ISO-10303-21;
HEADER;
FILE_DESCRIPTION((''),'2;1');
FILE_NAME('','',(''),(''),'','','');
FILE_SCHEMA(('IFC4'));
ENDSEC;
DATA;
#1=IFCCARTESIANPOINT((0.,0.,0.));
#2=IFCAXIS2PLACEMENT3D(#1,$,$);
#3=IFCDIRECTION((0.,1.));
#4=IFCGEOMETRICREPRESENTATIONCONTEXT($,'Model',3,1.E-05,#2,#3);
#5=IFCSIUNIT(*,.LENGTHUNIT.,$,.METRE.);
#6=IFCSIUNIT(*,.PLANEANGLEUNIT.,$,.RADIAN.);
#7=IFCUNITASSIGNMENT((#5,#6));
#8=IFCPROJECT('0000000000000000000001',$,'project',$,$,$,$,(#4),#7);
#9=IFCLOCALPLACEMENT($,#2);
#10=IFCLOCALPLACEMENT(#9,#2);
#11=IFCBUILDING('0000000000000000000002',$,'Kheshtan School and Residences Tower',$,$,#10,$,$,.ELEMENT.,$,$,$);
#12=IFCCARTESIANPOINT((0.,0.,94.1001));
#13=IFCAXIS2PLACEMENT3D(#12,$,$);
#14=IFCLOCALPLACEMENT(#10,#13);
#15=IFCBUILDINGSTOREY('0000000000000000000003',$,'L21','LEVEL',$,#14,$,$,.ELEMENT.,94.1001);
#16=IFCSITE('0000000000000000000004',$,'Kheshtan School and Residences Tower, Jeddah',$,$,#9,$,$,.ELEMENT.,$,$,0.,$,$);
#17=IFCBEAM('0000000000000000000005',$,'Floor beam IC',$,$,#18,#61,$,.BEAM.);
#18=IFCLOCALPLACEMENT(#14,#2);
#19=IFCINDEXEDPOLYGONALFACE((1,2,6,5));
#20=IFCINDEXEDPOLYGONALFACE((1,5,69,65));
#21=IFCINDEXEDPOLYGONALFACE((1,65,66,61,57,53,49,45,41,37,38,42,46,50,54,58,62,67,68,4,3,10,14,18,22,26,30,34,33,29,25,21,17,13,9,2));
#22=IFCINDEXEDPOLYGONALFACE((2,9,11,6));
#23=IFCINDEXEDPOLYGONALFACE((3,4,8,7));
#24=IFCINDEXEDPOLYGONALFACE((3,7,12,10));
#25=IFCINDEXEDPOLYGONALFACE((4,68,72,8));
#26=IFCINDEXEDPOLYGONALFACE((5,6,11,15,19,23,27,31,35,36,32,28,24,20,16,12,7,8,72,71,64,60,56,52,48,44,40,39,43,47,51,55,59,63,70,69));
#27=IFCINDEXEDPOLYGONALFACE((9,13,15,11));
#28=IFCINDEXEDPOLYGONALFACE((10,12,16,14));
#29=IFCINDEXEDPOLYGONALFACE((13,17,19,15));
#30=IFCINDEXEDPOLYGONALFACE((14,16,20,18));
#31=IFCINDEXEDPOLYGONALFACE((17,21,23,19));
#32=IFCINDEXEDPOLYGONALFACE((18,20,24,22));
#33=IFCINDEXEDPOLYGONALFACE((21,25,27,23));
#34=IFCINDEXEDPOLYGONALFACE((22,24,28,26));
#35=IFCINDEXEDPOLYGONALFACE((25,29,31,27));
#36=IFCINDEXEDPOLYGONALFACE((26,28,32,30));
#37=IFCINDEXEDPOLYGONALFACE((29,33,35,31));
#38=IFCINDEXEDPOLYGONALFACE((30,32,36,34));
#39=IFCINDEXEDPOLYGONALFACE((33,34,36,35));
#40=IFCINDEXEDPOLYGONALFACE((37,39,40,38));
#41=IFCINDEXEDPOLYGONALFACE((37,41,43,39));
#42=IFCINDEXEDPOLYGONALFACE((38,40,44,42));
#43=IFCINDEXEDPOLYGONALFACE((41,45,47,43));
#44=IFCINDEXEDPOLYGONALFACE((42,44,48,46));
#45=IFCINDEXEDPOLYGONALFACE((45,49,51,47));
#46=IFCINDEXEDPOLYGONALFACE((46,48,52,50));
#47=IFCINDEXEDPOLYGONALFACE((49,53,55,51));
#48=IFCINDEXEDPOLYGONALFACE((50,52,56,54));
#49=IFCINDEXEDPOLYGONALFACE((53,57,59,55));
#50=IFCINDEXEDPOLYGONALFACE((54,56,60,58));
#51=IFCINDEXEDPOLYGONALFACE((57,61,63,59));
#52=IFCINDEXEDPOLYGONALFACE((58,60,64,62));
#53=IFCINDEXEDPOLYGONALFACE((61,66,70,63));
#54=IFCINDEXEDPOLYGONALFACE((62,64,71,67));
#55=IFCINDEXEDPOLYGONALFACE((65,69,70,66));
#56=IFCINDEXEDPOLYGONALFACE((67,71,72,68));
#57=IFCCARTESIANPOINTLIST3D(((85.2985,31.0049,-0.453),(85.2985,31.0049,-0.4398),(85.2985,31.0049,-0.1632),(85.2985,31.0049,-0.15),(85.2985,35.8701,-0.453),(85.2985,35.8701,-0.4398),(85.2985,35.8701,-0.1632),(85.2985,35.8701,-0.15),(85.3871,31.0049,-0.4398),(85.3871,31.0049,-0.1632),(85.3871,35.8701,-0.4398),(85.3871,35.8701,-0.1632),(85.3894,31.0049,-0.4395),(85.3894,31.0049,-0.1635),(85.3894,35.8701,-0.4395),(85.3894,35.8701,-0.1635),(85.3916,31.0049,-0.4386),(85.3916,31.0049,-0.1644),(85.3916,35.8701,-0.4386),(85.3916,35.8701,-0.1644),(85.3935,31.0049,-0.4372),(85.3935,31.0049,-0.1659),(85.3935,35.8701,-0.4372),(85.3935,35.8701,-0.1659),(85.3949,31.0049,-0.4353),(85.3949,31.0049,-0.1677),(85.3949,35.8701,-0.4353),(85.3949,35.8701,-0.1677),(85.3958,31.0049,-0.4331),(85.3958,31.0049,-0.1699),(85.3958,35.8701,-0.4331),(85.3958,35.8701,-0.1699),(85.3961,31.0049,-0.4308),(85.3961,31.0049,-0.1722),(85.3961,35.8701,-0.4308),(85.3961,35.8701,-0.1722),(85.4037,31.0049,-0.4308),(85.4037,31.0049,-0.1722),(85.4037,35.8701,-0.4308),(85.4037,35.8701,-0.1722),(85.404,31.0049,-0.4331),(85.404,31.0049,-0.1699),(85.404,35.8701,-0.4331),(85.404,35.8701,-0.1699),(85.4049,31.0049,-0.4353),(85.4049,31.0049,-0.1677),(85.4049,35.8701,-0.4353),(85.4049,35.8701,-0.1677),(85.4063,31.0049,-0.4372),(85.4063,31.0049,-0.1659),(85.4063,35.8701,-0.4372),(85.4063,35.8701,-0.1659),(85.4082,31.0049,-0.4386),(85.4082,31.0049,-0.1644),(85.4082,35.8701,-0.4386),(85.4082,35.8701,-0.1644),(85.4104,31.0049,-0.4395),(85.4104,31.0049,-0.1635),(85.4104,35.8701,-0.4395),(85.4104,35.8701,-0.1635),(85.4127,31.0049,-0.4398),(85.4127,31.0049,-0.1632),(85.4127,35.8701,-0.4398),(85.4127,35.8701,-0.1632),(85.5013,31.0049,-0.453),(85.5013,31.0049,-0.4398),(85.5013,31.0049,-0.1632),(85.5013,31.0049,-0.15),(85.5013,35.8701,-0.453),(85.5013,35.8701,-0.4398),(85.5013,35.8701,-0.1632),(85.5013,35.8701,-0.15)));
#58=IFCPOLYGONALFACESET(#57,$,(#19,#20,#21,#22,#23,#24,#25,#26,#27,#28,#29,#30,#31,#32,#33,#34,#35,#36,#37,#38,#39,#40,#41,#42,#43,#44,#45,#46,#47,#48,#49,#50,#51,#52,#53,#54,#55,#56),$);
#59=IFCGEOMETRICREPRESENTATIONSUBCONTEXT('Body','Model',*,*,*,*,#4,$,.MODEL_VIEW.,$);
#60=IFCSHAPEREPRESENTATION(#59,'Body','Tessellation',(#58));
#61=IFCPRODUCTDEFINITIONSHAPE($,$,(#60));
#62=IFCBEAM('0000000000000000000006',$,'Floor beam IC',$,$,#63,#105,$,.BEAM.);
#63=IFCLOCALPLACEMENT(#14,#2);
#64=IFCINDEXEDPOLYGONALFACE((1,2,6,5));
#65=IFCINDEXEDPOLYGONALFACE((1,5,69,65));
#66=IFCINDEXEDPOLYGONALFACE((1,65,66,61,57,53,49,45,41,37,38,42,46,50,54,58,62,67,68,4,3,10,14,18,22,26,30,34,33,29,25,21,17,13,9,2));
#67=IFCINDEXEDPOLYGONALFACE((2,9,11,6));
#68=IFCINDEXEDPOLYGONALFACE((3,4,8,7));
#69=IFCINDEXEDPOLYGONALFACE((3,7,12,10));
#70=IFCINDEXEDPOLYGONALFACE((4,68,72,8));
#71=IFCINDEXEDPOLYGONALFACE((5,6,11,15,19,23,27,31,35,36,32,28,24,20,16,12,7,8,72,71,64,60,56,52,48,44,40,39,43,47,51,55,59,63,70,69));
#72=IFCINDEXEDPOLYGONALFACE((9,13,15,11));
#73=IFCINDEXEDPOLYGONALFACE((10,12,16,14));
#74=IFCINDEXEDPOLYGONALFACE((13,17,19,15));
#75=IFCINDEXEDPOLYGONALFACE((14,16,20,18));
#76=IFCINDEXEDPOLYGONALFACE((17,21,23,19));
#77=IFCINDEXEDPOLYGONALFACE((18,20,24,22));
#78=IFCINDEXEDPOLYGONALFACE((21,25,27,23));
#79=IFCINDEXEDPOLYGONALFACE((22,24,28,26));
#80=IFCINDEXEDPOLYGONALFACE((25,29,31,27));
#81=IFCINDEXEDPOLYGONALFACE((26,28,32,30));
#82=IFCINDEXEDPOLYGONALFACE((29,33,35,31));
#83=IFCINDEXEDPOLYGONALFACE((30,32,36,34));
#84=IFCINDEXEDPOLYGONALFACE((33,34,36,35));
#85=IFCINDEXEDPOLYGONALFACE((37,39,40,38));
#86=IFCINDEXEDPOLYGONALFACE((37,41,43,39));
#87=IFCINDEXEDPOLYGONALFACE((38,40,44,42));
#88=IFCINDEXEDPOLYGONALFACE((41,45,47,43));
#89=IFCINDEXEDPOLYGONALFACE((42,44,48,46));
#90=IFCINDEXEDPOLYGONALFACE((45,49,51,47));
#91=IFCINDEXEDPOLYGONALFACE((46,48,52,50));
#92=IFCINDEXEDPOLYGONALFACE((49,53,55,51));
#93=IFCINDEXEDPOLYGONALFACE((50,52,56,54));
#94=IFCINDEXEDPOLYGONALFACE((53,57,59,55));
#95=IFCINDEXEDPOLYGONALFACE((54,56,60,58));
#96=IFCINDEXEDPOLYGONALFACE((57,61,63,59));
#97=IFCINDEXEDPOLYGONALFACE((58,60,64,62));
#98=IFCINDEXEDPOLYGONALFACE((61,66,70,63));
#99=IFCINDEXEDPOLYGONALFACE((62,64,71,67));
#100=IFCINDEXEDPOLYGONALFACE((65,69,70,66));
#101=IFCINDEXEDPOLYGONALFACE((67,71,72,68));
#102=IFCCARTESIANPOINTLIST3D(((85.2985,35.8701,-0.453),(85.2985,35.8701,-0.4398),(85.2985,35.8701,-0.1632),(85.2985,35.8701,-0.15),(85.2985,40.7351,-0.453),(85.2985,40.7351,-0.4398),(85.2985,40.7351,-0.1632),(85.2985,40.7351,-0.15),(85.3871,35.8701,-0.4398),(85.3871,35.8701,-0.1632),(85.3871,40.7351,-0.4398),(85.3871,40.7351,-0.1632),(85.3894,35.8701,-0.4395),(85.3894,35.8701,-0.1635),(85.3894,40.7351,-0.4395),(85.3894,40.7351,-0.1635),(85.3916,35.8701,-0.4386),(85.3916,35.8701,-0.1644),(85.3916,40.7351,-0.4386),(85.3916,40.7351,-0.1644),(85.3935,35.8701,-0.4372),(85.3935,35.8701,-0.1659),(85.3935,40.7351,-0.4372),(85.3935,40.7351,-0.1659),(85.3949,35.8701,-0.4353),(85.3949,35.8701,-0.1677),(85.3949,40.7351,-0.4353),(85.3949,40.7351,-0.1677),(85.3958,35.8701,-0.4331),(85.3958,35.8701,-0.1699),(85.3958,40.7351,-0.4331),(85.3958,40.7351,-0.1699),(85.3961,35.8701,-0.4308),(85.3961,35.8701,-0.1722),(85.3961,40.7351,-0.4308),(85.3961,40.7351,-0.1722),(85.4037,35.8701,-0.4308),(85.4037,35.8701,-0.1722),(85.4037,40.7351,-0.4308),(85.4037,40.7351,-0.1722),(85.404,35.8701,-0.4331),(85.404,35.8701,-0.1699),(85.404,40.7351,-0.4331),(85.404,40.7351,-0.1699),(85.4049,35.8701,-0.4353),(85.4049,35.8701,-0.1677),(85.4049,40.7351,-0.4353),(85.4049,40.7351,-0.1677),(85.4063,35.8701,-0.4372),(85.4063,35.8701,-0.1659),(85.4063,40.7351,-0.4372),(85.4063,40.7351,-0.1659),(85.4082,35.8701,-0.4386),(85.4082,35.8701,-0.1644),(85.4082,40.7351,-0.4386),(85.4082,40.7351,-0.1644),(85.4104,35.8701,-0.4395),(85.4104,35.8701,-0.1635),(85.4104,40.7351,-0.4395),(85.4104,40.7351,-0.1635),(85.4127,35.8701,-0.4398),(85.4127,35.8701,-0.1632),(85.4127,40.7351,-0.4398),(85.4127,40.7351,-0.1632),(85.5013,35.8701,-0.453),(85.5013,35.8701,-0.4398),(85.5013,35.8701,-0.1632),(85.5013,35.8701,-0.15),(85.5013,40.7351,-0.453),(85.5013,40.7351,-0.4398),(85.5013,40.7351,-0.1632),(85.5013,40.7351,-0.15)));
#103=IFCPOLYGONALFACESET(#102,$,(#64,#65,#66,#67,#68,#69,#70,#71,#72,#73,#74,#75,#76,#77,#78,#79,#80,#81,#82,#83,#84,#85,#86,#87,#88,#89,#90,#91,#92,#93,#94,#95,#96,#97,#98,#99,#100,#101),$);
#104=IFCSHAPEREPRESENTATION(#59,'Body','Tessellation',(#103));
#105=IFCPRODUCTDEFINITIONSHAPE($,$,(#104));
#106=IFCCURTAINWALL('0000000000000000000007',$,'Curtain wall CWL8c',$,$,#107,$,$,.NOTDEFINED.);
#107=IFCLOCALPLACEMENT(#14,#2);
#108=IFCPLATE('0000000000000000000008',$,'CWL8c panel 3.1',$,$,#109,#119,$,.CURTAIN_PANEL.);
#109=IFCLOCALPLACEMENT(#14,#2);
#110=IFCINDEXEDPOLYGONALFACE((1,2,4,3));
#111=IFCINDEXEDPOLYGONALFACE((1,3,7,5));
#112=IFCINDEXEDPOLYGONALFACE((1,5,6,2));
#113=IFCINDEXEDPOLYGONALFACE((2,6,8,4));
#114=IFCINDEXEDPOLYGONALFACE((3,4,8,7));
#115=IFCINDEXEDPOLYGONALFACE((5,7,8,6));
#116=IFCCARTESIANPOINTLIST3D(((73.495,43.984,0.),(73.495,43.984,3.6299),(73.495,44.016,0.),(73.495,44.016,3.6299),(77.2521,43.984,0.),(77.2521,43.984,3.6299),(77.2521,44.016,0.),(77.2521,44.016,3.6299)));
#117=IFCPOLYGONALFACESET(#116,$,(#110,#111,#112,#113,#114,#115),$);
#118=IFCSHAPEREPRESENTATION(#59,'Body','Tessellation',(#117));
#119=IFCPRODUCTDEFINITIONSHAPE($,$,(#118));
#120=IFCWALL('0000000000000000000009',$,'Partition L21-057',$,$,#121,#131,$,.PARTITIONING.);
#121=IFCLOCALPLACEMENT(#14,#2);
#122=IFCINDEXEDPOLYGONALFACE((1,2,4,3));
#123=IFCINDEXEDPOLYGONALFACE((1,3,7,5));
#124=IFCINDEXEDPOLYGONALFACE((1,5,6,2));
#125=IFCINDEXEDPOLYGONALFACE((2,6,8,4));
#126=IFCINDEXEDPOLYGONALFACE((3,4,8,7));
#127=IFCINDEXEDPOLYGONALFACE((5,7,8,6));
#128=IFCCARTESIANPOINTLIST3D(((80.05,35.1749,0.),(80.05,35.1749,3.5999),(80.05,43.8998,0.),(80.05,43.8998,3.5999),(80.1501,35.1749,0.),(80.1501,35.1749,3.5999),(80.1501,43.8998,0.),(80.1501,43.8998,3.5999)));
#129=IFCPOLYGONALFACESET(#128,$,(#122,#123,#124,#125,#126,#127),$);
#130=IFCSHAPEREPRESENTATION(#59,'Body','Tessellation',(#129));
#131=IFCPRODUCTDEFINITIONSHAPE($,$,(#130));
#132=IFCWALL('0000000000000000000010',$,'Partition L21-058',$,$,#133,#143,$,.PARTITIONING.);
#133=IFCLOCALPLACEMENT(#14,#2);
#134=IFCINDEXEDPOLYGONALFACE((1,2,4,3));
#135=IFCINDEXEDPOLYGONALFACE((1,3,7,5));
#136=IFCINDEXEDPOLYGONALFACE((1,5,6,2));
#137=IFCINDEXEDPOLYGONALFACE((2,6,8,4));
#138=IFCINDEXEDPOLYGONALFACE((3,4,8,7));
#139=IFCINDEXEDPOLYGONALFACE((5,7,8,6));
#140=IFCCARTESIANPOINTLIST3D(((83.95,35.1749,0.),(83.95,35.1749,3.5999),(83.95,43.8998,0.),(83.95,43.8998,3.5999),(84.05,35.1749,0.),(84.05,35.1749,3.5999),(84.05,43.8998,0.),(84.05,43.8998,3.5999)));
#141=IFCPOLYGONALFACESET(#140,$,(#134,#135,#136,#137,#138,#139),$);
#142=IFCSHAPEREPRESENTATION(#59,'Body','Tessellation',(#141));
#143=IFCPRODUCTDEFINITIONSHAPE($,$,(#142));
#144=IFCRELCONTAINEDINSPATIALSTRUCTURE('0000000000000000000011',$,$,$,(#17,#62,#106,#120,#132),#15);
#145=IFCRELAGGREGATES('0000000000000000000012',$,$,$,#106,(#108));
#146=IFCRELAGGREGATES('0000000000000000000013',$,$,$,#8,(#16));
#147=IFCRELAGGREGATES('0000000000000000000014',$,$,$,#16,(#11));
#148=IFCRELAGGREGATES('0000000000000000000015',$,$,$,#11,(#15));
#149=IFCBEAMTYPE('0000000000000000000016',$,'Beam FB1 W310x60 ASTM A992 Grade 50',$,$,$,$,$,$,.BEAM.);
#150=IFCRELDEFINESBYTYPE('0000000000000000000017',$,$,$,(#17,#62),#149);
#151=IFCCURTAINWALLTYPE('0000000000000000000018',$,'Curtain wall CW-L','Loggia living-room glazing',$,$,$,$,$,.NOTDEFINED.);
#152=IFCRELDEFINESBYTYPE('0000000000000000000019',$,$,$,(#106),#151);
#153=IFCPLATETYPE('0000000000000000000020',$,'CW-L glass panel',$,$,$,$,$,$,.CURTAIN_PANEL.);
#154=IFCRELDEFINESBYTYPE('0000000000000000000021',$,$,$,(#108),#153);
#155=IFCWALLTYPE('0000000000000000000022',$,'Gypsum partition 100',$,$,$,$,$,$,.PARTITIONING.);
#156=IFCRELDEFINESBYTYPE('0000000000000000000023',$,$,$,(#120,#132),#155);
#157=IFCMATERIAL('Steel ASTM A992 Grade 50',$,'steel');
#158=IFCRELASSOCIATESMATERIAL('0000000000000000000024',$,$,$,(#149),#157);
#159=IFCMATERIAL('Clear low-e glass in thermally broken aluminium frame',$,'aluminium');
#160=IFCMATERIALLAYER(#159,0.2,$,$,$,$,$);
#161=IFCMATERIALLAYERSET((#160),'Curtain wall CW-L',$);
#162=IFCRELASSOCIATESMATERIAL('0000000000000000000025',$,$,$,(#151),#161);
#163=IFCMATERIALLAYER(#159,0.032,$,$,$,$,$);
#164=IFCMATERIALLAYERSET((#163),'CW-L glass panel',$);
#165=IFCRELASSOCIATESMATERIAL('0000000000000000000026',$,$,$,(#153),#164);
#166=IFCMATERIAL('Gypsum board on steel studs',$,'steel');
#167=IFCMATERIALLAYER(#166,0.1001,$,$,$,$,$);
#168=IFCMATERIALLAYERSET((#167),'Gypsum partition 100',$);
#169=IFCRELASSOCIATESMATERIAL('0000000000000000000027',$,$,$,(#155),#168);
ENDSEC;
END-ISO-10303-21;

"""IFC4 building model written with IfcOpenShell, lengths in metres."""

from ifc_helpers import new_model, si_unit, direction, frame, frame_2d, origin, origin_2d, place, context, subcontext, project, spatial, rectangle, i_section, extrude, material, layer, layer_set, material_profile, profile_set, type_object, element, aggregate, save


model = new_model("IFC4")

# Units and contexts
model_context = context("Model", 3, precision=1e-05, world=origin(), true_north=direction((0.0, 1.0)))
body_context = subcontext(model_context, "Body", "Model", "MODEL_VIEW")
ifc_project = project(units=[si_unit("LENGTHUNIT", "METRE"), si_unit("PLANEANGLEUNIT", "RADIAN")], contexts=[model_context])

# Site, building, storey
site_placement = place(None, origin())
site = spatial("IfcSite", under=ifc_project, at=site_placement, Name="Kheshtan School and Residences Tower, Jeddah", CompositionType="ELEMENT", RefElevation=0.0)
building_placement = place(site_placement, origin())
building = spatial("IfcBuilding", under=site, at=building_placement, Name="Kheshtan School and Residences Tower", CompositionType="ELEMENT")
storey_placement = place(building_placement, frame((0.0, 0.0, 94.1001)))
storey = spatial("IfcBuildingStorey", under=building, at=storey_placement, Name="L21", Description="LEVEL", CompositionType="ELEMENT", Elevation=94.1001)

# Beams
ifc_material_1 = material(Name="Steel ASTM A992 Grade 50", Category="steel")
ifc_material_profile_1 = material_profile(ifc_material_1, i_section(OverallWidth=0.2029, OverallDepth=0.303, WebThickness=0.0076, FlangeThickness=0.0132, FilletRadius=0.009, at=origin_2d()), Name="W310x60")
ifc_profile_set_1 = profile_set([ifc_material_profile_1], Name="Steel ASTM A992 Grade 50")
beam_type = type_object("IfcBeamType", Name="Beam FB1 W310x60 ASTM A992 Grade 50", PredefinedType="BEAM", material=ifc_profile_set_1)
beam_1_placement = place(storey_placement, frame((85.3999, 31.0049, -0.3015), z_axis=(0.0, 1.0, 0.0), x_axis=(-1.0, 0.0, 0.0)))
element("IfcBeam", 1, at=beam_1_placement, inside=storey, type_object=beam_type, Name="Floor beam IC", PredefinedType="BEAM", context=body_context, shape_type="SweptSolid", body=[
    extrude(i_section(OverallWidth=0.2029, OverallDepth=0.303, WebThickness=0.0076, FlangeThickness=0.0132, FilletRadius=0.009, at=origin_2d()), origin(), (0.0, 0.0, 1.0), 4.8652),
])
beam_2_placement = place(storey_placement, frame((85.3999, 40.7351, -0.3015), z_axis=(0.0, -1.0, 0.0), x_axis=(1.0, 0.0, 0.0)))
element("IfcBeam", 2, at=beam_2_placement, inside=storey, type_object=beam_type, Name="Floor beam IC", PredefinedType="BEAM", context=body_context, shape_type="SweptSolid", body=[
    extrude(i_section(OverallWidth=0.2029, OverallDepth=0.303, WebThickness=0.0076, FlangeThickness=0.0132, FilletRadius=0.009, at=origin_2d()), origin(), (0.0, 0.0, 1.0), 4.865),
])

# Curtain wall, plate
ifc_material_2 = material(Name="Clear low-e glass in thermally broken aluminium frame", Category="aluminium")
ifc_layer_1 = layer(ifc_material_2, 0.2)
ifc_layer_set_1 = layer_set([ifc_layer_1], Name="Curtain wall CW-L")
curtain_wall_type = type_object("IfcCurtainWallType", Name="Curtain wall CW-L", Description="Loggia living-room glazing", PredefinedType="NOTDEFINED", material=ifc_layer_set_1)
curtain_wall_placement = place(storey_placement, origin())
curtain_wall = element("IfcCurtainWall", 3, at=curtain_wall_placement, inside=storey, type_object=curtain_wall_type, Name="Curtain wall CWL8c", PredefinedType="NOTDEFINED")
ifc_layer_2 = layer(ifc_material_2, 0.032)
ifc_layer_set_2 = layer_set([ifc_layer_2], Name="CW-L glass panel")
plate_type = type_object("IfcPlateType", Name="CW-L glass panel", PredefinedType="CURTAIN_PANEL", material=ifc_layer_set_2)
plate_placement = place(storey_placement, frame((75.3735, 44.0, 0.0), z_axis=(0.0, 0.0, 1.0), x_axis=(1.0, 0.0, 0.0)))
plate = element("IfcPlate", 4, at=plate_placement, type_object=plate_type, Name="CWL8c panel 3.1", PredefinedType="CURTAIN_PANEL", context=body_context, shape_type="SweptSolid", body=[
    extrude(rectangle(XDim=3.7571, YDim=0.032, at=origin_2d()), origin(), (0.0, 0.0, 1.0), 3.6299),
])
aggregate(curtain_wall, [plate])

# Walls
ifc_material_3 = material(Name="Gypsum board on steel studs", Category="steel")
ifc_layer_3 = layer(ifc_material_3, 0.1001)
ifc_layer_set_3 = layer_set([ifc_layer_3], Name="Gypsum partition 100")
wall_type_1 = type_object("IfcWallType", Name="Gypsum partition 100", PredefinedType="PARTITIONING", material=ifc_layer_set_3)
for number, where, z_axis, x_axis, name in (
    (5, (80.1001, 35.175, 0.0), (0.0, 0.0, 1.0), (0.0, 1.0, 0.0), "Partition L21-057"),
    (6, (84.0, 35.175, 0.0), (0.0, 0.0, 1.0), (0.0, 1.0, 0.0), "Partition L21-058"),
):
    element("IfcWall", number, at=place(storey_placement, frame(where, z_axis=z_axis, x_axis=x_axis)), inside=storey, type_object=wall_type_1, Name=name, PredefinedType="PARTITIONING", context=body_context, shape_type="SweptSolid", body=[
        extrude(rectangle(XDim=8.7249, YDim=0.1001, at=frame_2d((4.3623, 0.0))), origin(), (0.0, 0.0, 1.0), 3.5999),
    ])

save(model, "model.ifc")
